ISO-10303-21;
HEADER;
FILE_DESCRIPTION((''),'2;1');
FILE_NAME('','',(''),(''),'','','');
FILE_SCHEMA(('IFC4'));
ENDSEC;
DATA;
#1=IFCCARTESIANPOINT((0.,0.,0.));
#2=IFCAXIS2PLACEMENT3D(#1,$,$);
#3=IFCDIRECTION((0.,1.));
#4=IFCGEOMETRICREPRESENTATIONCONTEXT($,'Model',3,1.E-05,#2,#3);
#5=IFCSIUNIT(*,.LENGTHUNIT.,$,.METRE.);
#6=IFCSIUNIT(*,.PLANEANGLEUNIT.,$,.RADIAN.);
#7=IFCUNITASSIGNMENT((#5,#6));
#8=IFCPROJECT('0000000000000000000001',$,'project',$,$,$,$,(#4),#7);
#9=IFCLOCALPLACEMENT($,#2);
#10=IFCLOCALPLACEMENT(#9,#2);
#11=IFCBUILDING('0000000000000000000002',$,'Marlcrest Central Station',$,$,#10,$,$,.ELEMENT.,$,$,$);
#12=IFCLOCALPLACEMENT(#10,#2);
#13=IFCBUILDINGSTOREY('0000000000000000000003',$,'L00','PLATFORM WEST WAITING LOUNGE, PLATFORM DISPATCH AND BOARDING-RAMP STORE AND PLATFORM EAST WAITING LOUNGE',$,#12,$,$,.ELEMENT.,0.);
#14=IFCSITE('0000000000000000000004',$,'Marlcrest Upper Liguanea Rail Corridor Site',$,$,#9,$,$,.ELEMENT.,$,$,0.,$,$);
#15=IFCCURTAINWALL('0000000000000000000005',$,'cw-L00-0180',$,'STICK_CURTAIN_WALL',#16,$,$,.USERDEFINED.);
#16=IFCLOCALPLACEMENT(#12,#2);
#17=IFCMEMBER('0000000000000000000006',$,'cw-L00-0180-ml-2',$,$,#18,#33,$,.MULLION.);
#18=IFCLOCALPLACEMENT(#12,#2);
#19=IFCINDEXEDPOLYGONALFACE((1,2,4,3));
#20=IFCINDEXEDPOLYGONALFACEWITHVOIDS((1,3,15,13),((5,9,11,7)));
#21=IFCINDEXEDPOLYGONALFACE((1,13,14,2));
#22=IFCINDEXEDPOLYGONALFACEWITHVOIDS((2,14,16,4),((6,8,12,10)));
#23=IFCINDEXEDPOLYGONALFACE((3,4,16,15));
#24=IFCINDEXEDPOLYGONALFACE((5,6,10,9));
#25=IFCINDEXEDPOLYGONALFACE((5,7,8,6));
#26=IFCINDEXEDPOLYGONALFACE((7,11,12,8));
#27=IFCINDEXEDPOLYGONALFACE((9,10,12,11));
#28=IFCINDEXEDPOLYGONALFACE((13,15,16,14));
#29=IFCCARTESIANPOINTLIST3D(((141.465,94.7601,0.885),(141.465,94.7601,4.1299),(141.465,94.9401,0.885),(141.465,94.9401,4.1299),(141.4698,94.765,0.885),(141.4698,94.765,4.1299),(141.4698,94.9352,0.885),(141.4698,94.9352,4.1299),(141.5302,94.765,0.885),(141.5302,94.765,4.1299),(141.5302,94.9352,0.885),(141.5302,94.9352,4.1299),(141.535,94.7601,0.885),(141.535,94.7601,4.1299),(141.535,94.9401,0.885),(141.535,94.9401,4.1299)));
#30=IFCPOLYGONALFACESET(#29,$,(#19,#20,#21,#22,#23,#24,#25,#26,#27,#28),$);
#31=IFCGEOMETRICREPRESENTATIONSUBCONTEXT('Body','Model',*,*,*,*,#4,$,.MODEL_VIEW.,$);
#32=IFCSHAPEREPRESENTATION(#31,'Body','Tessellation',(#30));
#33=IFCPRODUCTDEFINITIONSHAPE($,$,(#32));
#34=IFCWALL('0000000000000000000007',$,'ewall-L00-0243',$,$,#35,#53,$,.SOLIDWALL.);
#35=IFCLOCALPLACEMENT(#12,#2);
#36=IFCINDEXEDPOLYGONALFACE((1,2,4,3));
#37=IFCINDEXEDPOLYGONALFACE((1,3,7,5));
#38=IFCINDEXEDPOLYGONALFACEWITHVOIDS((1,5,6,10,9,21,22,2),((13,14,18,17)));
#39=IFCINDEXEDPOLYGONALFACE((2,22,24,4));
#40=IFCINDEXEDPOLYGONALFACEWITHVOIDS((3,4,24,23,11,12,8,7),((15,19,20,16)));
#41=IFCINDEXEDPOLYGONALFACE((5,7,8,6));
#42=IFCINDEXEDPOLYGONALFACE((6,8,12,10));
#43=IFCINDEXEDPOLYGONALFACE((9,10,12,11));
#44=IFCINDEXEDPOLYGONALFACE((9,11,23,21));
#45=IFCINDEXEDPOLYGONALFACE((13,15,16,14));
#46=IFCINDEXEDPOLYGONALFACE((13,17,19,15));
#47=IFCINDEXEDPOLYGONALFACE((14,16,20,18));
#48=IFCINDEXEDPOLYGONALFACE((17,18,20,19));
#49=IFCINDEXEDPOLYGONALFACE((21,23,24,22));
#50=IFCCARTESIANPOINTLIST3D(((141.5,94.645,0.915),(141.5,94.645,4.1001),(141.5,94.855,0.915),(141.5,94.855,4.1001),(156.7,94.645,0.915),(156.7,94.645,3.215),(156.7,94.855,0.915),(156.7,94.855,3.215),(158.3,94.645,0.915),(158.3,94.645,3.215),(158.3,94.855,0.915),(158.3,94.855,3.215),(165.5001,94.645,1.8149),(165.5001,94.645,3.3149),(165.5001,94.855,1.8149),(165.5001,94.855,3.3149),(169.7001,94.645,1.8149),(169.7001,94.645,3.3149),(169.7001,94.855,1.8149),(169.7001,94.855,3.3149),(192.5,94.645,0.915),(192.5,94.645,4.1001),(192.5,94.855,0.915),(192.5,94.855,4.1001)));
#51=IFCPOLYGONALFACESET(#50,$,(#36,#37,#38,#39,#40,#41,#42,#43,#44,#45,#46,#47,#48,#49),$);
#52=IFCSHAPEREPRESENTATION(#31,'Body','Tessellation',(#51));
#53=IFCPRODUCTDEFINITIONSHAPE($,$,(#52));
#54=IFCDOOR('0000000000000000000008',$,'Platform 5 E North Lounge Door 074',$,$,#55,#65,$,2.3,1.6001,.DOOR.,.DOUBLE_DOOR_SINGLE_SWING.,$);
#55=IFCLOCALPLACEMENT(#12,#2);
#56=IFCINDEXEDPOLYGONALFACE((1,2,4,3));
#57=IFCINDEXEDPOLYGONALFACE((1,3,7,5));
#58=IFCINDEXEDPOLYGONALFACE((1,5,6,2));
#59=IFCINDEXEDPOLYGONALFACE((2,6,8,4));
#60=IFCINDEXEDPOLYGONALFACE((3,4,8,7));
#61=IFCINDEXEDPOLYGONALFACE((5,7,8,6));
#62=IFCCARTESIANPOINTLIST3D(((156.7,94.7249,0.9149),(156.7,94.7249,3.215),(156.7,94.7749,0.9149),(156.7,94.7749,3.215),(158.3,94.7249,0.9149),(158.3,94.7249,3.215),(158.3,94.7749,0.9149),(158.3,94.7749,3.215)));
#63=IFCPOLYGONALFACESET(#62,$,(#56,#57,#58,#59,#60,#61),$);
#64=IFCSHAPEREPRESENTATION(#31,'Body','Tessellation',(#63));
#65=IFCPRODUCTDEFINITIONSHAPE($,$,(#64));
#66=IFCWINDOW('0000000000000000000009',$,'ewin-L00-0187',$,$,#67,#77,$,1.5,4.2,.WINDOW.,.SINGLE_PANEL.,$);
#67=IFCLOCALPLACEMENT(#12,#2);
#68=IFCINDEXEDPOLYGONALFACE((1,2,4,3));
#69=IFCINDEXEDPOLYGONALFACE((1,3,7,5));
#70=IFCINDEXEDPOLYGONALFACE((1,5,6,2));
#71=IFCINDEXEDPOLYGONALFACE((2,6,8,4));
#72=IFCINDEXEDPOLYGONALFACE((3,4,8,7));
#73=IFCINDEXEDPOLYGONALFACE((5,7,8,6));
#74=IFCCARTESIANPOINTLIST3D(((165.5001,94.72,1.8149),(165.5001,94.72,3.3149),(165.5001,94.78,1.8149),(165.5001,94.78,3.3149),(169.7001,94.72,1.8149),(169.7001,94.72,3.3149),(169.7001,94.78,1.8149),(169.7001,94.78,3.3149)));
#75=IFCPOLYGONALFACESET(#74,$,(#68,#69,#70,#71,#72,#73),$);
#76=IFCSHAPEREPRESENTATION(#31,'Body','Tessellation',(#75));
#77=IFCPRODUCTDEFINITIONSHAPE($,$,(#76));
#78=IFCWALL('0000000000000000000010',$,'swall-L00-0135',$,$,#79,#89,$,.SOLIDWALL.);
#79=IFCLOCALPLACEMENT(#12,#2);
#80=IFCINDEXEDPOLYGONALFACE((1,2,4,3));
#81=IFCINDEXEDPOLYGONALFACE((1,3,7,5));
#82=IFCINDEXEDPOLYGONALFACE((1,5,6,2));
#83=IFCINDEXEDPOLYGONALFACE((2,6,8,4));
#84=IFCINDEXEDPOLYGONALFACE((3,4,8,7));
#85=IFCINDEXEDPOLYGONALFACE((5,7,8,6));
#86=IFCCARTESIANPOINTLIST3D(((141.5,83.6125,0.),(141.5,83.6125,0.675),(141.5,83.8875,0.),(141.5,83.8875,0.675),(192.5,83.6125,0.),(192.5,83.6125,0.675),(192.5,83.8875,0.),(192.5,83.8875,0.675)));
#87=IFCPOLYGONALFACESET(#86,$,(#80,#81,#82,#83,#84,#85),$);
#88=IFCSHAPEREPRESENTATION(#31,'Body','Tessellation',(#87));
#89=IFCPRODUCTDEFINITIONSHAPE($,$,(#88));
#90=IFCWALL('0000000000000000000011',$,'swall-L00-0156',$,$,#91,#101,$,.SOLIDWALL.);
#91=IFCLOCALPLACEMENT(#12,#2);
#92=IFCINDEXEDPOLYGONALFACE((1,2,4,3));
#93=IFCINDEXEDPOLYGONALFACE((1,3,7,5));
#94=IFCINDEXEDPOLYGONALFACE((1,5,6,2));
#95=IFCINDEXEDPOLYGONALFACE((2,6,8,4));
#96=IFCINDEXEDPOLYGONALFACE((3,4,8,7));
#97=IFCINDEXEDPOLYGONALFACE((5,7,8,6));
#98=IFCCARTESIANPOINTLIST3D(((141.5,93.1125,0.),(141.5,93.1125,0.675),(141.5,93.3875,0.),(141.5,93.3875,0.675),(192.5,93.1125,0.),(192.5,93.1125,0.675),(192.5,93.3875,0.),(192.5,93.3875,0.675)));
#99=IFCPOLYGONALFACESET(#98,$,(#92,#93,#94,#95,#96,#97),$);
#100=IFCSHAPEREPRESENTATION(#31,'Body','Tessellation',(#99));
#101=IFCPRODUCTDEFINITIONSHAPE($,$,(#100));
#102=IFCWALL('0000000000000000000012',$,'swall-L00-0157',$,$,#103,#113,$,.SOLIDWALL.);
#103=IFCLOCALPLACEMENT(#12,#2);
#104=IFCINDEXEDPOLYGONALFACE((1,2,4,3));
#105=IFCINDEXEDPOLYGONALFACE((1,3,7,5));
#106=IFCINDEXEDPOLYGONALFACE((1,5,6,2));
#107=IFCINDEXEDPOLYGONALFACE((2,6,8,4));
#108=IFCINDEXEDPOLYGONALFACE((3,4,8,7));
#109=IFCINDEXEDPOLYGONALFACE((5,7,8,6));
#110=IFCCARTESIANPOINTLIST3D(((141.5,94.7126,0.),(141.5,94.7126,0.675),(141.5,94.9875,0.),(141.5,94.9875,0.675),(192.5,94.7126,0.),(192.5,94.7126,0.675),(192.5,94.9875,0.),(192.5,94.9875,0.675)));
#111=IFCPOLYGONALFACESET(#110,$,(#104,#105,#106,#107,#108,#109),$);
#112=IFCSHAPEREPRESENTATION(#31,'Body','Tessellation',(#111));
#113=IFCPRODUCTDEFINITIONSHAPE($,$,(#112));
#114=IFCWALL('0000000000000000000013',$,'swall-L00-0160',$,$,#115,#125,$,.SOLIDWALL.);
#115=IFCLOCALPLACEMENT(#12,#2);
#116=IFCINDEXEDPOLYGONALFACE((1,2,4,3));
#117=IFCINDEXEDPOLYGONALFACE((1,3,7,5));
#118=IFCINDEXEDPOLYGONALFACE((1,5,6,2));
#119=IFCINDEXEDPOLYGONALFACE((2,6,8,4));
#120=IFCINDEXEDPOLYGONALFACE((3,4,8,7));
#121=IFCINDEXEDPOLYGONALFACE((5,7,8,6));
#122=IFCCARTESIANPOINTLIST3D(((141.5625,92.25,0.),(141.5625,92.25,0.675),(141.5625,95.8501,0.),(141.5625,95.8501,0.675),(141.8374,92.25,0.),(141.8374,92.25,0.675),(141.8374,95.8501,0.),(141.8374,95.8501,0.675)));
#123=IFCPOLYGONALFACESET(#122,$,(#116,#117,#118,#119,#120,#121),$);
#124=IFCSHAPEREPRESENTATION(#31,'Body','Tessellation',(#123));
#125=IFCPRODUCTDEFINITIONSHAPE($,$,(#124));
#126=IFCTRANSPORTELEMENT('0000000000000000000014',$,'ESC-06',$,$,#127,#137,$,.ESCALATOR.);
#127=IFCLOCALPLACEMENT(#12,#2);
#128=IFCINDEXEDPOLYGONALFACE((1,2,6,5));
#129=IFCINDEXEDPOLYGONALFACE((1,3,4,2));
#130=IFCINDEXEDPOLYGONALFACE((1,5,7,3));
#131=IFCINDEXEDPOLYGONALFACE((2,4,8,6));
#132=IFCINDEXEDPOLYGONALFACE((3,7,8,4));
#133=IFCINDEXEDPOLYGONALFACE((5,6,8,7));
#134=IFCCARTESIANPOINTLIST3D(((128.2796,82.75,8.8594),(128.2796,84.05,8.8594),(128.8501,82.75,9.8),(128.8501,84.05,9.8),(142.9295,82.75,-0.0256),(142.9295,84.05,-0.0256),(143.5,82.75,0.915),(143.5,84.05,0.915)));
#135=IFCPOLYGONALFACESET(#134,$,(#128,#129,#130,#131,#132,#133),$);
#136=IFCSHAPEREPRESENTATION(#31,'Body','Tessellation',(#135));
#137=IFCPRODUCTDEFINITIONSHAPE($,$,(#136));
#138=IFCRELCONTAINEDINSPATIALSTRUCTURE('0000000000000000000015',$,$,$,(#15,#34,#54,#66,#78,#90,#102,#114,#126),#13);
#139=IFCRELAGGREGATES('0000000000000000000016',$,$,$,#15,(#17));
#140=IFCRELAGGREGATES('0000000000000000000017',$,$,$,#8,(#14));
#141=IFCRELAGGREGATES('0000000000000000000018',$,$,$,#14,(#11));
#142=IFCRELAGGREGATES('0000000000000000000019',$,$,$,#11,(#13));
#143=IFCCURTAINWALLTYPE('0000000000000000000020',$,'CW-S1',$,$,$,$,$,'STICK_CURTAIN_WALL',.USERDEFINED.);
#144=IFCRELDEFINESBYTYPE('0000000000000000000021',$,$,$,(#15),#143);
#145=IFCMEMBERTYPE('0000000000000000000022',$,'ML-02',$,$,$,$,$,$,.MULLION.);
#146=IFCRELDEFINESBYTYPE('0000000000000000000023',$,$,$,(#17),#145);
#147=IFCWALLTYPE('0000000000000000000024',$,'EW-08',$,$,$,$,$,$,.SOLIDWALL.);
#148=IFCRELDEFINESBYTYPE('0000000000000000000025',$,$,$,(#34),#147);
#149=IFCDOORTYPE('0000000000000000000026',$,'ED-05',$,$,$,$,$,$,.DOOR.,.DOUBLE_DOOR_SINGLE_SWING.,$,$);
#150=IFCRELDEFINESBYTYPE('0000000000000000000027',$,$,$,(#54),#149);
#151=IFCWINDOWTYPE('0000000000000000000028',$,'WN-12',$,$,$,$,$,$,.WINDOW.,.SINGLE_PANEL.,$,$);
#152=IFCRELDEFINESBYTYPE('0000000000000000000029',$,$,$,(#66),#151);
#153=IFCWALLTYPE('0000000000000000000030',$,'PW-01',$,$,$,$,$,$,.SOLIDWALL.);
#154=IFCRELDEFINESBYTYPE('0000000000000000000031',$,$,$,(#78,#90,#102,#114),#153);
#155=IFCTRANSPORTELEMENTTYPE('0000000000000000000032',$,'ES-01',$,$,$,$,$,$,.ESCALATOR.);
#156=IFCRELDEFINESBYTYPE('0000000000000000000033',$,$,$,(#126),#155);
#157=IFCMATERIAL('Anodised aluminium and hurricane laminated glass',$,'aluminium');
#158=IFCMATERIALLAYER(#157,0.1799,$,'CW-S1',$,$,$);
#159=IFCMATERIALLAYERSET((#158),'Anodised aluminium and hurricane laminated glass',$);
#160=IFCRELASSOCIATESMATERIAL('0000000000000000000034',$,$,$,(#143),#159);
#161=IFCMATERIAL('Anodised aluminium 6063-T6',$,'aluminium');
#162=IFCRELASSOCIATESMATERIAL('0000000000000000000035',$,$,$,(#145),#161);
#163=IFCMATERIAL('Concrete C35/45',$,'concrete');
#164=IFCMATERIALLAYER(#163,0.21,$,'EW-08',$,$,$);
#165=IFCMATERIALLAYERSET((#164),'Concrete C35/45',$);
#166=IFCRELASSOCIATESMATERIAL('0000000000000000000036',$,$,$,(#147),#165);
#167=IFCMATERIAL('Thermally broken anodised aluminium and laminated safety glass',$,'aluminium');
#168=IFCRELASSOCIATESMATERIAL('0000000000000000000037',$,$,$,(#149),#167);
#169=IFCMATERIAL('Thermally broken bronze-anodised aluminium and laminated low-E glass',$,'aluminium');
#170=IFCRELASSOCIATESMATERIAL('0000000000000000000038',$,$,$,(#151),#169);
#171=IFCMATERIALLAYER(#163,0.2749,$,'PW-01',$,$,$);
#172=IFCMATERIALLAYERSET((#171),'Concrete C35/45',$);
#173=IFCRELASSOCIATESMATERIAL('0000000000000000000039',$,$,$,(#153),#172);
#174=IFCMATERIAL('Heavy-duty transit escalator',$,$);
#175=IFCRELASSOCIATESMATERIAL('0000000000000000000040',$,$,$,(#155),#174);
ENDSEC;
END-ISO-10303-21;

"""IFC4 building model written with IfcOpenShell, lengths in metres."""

from ifc_helpers import new_model, si_unit, direction, frame, frame_2d, origin, origin_2d, place, context, subcontext, project, spatial, polyline, rectangle, hollow_rectangle, outline, extrude, material, layer, layer_set, material_profile, profile_set, type_object, element, fill, aggregate, save


model = new_model("IFC4")

# Units and contexts
model_context = context("Model", 3, precision=1e-05, world=origin(), true_north=direction((0.0, 1.0)))
body_context = subcontext(model_context, "Body", "Model", "MODEL_VIEW")
ifc_project = project(units=[si_unit("LENGTHUNIT", "METRE"), si_unit("PLANEANGLEUNIT", "RADIAN")], contexts=[model_context])

# Site, building, storey
site_placement = place(None, origin())
site = spatial("IfcSite", under=ifc_project, at=site_placement, Name="Marlcrest Upper Liguanea Rail Corridor Site", CompositionType="ELEMENT", RefElevation=0.0)
building_placement = place(site_placement, origin())
building = spatial("IfcBuilding", under=site, at=building_placement, Name="Marlcrest Central Station", CompositionType="ELEMENT")
storey_placement = place(building_placement, origin())
storey = spatial("IfcBuildingStorey", under=building, at=storey_placement, Name="L00", Description="PLATFORM WEST WAITING LOUNGE, PLATFORM DISPATCH AND BOARDING-RAMP STORE AND PLATFORM EAST WAITING LOUNGE", CompositionType="ELEMENT", Elevation=0.0)

# Shared definitions
ifc_material_1 = material(Name="Concrete C35/45", Category="concrete")

# Shared definitions
ifc_material_2 = material(Name="Anodised aluminium and hurricane laminated glass", Category="aluminium")
ifc_layer_1 = layer(ifc_material_2, 0.1799, Name="CW-S1")
ifc_layer_set_1 = layer_set([ifc_layer_1], Name="Anodised aluminium and hurricane laminated glass")
curtain_wall_type = type_object("IfcCurtainWallType", Name="CW-S1", ElementType="STICK_CURTAIN_WALL", PredefinedType="USERDEFINED", material=ifc_layer_set_1)
ifc_material_3 = material(Name="Anodised aluminium 6063-T6", Category="aluminium")
ifc_material_profile_1 = material_profile(ifc_material_3, hollow_rectangle(XDim=0.0701, YDim=0.1799, WallThickness=0.0049, at=origin_2d()), Name="AA-RHS 180x70x5")
ifc_profile_set_1 = profile_set([ifc_material_profile_1], Name="Anodised aluminium 6063-T6")
member_type = type_object("IfcMemberType", Name="ML-02", PredefinedType="MULLION", material=ifc_profile_set_1)

# Curtain wall, member
curtain_wall_1_placement = place(storey_placement, origin())
curtain_wall_1 = element("IfcCurtainWall", 1, at=curtain_wall_1_placement, inside=storey, type_object=curtain_wall_type, Name="cw-L00-0180", ObjectType="STICK_CURTAIN_WALL", PredefinedType="USERDEFINED")
member_1_placement = place(storey_placement, frame((141.5, 94.8501, 0.885), z_axis=(0.0, 0.0, 1.0), x_axis=(1.0, 0.0, 0.0)))
member_1 = element("IfcMember", 2, at=member_1_placement, type_object=member_type, Name="cw-L00-0180-ml-2", PredefinedType="MULLION", context=body_context, shape_type="SweptSolid", body=[
    extrude(hollow_rectangle(XDim=0.0701, YDim=0.1799, WallThickness=0.0049, at=origin_2d()), origin(), (0.0, 0.0, 1.0), 3.2449),
])
aggregate(curtain_wall_1, [member_1])

# Wall, openings, door, window
ifc_layer_2 = layer(ifc_material_1, 0.21, Name="EW-08")
ifc_layer_set_2 = layer_set([ifc_layer_2], Name="Concrete C35/45")
wall_type_1 = type_object("IfcWallType", Name="EW-08", PredefinedType="SOLIDWALL", material=ifc_layer_set_2)
wall_1_placement = place(storey_placement, frame((141.5, 94.75, 0.915), z_axis=(0.0, 0.0, 1.0), x_axis=(1.0, 0.0, 0.0)))
wall_1 = element("IfcWall", 3, at=wall_1_placement, inside=storey, type_object=wall_type_1, Name="ewall-L00-0243", PredefinedType="SOLIDWALL", context=body_context, shape_type="SweptSolid", body=[
    extrude(rectangle(XDim=51.0, YDim=0.21, at=frame_2d((25.5, 0.0))), origin(), (0.0, 0.0, 1.0), 3.1851),
])
opening_1_placement = place(wall_1_placement, frame((15.2, 0.0, 0.0)))
opening_1 = element("IfcOpeningElement", 4, at=opening_1_placement, cuts=wall_1, PredefinedType="OPENING", context=body_context, shape_type="SweptSolid", body=[
    extrude(rectangle(XDim=1.6001, YDim=2.3, at=frame_2d((0.8, 1.1499))), frame((0.0, 0.115, 0.0), z_axis=(0.0, -1.0, 0.0), x_axis=(1.0, 0.0, 0.0)), (0.0, 0.0, 1.0), 0.23),
])
opening_2_placement = place(wall_1_placement, frame((24.0, 0.0, 0.8999)))
opening_2 = element("IfcOpeningElement", 5, at=opening_2_placement, cuts=wall_1, PredefinedType="OPENING", context=body_context, shape_type="SweptSolid", body=[
    extrude(rectangle(XDim=4.2, YDim=1.5, at=frame_2d((2.1001, 0.75))), frame((0.0, 0.115, 0.0), z_axis=(0.0, -1.0, 0.0), x_axis=(1.0, 0.0, 0.0)), (0.0, 0.0, 1.0), 0.23),
])
ifc_material_4 = material(Name="Thermally broken anodised aluminium and laminated safety glass", Category="aluminium")
door_type = type_object("IfcDoorType", Name="ED-05", OperationType="DOUBLE_DOOR_SINGLE_SWING", PredefinedType="DOOR", material=ifc_material_4)
door_placement = place(opening_1_placement, origin())
door = element("IfcDoor", 6, at=door_placement, inside=storey, type_object=door_type, Name="Platform 5 E North Lounge Door 074", OperationType="DOUBLE_DOOR_SINGLE_SWING", OverallHeight=2.3, OverallWidth=1.6001, PredefinedType="DOOR", context=body_context, shape_type="SweptSolid", body=[
    extrude(rectangle(XDim=1.6001, YDim=2.3, at=frame_2d((0.8, 1.1499))), frame((0.0, 0.0249, 0.0), z_axis=(0.0, -1.0, 0.0), x_axis=(1.0, 0.0, 0.0)), (0.0, 0.0, 1.0), 0.05),
])
fill(opening_1, door)
ifc_material_5 = material(Name="Thermally broken bronze-anodised aluminium and laminated low-E glass", Category="aluminium")
window_type = type_object("IfcWindowType", Name="WN-12", PartitioningType="SINGLE_PANEL", PredefinedType="WINDOW", material=ifc_material_5)
window_placement = place(opening_2_placement, origin())
window = element("IfcWindow", 7, at=window_placement, inside=storey, type_object=window_type, Name="ewin-L00-0187", OverallHeight=1.5, OverallWidth=4.2, PartitioningType="SINGLE_PANEL", PredefinedType="WINDOW", context=body_context, shape_type="SweptSolid", body=[
    extrude(rectangle(XDim=4.2, YDim=1.5, at=frame_2d((2.1001, 0.75))), frame((0.0, 0.03, 0.0), z_axis=(0.0, -1.0, 0.0), x_axis=(1.0, 0.0, 0.0)), (0.0, 0.0, 1.0), 0.0601),
])
fill(opening_2, window)

# Walls
ifc_layer_3 = layer(ifc_material_1, 0.2749, Name="PW-01")
ifc_layer_set_3 = layer_set([ifc_layer_3], Name="Concrete C35/45")
wall_type_2 = type_object("IfcWallType", Name="PW-01", PredefinedType="SOLIDWALL", material=ifc_layer_set_3)
for number, where, z_axis, x_axis, name in (
    (8, (141.5, 83.75, 0.0), (0.0, 0.0, 1.0), (1.0, 0.0, 0.0), "swall-L00-0135"),
    (9, (141.5, 93.25, 0.0), (0.0, 0.0, 1.0), (1.0, 0.0, 0.0), "swall-L00-0156"),
    (10, (141.5, 94.8501, 0.0), (0.0, 0.0, 1.0), (1.0, 0.0, 0.0), "swall-L00-0157"),
):
    element("IfcWall", number, at=place(storey_placement, frame(where, z_axis=z_axis, x_axis=x_axis)), inside=storey, type_object=wall_type_2, Name=name, PredefinedType="SOLIDWALL", context=body_context, shape_type="SweptSolid", body=[
        extrude(rectangle(XDim=51.0, YDim=0.2749, at=frame_2d((25.5, 0.0))), origin(), (0.0, 0.0, 1.0), 0.675),
    ])
wall_2_placement = place(storey_placement, frame((141.7, 92.25, 0.0), z_axis=(0.0, 0.0, 1.0), x_axis=(0.0, 1.0, 0.0)))
element("IfcWall", 11, at=wall_2_placement, inside=storey, type_object=wall_type_2, Name="swall-L00-0160", PredefinedType="SOLIDWALL", context=body_context, shape_type="SweptSolid", body=[
    extrude(rectangle(XDim=3.6001, YDim=0.2749, at=frame_2d((1.8, 0.0))), origin(), (0.0, 0.0, 1.0), 0.675),
])

# Transport element
ifc_material_6 = material(Name="Heavy-duty transit escalator")
transport_element_type = type_object("IfcTransportElementType", Name="ES-01", PredefinedType="ESCALATOR", material=ifc_material_6)
transport_element_placement = place(storey_placement, frame((143.5, 82.75, 0.915), z_axis=(0.51857, 0.0, 0.855035), x_axis=(-0.855035, 0.0, 0.51857)))
element("IfcTransportElement", 12, at=transport_element_placement, inside=storey, type_object=transport_element_type, Name="ESC-06", PredefinedType="ESCALATOR", context=body_context, shape_type="SweptSolid", body=[
    extrude(outline(polyline([(0.0, 0.0), (17.1337, 0.0), (17.1337, -1.3), (0.0, -1.3), (0.0, 0.0)])), origin(), (0.0, 0.0, -1.0), 1.1001),
])

save(model, "model.ifc")
